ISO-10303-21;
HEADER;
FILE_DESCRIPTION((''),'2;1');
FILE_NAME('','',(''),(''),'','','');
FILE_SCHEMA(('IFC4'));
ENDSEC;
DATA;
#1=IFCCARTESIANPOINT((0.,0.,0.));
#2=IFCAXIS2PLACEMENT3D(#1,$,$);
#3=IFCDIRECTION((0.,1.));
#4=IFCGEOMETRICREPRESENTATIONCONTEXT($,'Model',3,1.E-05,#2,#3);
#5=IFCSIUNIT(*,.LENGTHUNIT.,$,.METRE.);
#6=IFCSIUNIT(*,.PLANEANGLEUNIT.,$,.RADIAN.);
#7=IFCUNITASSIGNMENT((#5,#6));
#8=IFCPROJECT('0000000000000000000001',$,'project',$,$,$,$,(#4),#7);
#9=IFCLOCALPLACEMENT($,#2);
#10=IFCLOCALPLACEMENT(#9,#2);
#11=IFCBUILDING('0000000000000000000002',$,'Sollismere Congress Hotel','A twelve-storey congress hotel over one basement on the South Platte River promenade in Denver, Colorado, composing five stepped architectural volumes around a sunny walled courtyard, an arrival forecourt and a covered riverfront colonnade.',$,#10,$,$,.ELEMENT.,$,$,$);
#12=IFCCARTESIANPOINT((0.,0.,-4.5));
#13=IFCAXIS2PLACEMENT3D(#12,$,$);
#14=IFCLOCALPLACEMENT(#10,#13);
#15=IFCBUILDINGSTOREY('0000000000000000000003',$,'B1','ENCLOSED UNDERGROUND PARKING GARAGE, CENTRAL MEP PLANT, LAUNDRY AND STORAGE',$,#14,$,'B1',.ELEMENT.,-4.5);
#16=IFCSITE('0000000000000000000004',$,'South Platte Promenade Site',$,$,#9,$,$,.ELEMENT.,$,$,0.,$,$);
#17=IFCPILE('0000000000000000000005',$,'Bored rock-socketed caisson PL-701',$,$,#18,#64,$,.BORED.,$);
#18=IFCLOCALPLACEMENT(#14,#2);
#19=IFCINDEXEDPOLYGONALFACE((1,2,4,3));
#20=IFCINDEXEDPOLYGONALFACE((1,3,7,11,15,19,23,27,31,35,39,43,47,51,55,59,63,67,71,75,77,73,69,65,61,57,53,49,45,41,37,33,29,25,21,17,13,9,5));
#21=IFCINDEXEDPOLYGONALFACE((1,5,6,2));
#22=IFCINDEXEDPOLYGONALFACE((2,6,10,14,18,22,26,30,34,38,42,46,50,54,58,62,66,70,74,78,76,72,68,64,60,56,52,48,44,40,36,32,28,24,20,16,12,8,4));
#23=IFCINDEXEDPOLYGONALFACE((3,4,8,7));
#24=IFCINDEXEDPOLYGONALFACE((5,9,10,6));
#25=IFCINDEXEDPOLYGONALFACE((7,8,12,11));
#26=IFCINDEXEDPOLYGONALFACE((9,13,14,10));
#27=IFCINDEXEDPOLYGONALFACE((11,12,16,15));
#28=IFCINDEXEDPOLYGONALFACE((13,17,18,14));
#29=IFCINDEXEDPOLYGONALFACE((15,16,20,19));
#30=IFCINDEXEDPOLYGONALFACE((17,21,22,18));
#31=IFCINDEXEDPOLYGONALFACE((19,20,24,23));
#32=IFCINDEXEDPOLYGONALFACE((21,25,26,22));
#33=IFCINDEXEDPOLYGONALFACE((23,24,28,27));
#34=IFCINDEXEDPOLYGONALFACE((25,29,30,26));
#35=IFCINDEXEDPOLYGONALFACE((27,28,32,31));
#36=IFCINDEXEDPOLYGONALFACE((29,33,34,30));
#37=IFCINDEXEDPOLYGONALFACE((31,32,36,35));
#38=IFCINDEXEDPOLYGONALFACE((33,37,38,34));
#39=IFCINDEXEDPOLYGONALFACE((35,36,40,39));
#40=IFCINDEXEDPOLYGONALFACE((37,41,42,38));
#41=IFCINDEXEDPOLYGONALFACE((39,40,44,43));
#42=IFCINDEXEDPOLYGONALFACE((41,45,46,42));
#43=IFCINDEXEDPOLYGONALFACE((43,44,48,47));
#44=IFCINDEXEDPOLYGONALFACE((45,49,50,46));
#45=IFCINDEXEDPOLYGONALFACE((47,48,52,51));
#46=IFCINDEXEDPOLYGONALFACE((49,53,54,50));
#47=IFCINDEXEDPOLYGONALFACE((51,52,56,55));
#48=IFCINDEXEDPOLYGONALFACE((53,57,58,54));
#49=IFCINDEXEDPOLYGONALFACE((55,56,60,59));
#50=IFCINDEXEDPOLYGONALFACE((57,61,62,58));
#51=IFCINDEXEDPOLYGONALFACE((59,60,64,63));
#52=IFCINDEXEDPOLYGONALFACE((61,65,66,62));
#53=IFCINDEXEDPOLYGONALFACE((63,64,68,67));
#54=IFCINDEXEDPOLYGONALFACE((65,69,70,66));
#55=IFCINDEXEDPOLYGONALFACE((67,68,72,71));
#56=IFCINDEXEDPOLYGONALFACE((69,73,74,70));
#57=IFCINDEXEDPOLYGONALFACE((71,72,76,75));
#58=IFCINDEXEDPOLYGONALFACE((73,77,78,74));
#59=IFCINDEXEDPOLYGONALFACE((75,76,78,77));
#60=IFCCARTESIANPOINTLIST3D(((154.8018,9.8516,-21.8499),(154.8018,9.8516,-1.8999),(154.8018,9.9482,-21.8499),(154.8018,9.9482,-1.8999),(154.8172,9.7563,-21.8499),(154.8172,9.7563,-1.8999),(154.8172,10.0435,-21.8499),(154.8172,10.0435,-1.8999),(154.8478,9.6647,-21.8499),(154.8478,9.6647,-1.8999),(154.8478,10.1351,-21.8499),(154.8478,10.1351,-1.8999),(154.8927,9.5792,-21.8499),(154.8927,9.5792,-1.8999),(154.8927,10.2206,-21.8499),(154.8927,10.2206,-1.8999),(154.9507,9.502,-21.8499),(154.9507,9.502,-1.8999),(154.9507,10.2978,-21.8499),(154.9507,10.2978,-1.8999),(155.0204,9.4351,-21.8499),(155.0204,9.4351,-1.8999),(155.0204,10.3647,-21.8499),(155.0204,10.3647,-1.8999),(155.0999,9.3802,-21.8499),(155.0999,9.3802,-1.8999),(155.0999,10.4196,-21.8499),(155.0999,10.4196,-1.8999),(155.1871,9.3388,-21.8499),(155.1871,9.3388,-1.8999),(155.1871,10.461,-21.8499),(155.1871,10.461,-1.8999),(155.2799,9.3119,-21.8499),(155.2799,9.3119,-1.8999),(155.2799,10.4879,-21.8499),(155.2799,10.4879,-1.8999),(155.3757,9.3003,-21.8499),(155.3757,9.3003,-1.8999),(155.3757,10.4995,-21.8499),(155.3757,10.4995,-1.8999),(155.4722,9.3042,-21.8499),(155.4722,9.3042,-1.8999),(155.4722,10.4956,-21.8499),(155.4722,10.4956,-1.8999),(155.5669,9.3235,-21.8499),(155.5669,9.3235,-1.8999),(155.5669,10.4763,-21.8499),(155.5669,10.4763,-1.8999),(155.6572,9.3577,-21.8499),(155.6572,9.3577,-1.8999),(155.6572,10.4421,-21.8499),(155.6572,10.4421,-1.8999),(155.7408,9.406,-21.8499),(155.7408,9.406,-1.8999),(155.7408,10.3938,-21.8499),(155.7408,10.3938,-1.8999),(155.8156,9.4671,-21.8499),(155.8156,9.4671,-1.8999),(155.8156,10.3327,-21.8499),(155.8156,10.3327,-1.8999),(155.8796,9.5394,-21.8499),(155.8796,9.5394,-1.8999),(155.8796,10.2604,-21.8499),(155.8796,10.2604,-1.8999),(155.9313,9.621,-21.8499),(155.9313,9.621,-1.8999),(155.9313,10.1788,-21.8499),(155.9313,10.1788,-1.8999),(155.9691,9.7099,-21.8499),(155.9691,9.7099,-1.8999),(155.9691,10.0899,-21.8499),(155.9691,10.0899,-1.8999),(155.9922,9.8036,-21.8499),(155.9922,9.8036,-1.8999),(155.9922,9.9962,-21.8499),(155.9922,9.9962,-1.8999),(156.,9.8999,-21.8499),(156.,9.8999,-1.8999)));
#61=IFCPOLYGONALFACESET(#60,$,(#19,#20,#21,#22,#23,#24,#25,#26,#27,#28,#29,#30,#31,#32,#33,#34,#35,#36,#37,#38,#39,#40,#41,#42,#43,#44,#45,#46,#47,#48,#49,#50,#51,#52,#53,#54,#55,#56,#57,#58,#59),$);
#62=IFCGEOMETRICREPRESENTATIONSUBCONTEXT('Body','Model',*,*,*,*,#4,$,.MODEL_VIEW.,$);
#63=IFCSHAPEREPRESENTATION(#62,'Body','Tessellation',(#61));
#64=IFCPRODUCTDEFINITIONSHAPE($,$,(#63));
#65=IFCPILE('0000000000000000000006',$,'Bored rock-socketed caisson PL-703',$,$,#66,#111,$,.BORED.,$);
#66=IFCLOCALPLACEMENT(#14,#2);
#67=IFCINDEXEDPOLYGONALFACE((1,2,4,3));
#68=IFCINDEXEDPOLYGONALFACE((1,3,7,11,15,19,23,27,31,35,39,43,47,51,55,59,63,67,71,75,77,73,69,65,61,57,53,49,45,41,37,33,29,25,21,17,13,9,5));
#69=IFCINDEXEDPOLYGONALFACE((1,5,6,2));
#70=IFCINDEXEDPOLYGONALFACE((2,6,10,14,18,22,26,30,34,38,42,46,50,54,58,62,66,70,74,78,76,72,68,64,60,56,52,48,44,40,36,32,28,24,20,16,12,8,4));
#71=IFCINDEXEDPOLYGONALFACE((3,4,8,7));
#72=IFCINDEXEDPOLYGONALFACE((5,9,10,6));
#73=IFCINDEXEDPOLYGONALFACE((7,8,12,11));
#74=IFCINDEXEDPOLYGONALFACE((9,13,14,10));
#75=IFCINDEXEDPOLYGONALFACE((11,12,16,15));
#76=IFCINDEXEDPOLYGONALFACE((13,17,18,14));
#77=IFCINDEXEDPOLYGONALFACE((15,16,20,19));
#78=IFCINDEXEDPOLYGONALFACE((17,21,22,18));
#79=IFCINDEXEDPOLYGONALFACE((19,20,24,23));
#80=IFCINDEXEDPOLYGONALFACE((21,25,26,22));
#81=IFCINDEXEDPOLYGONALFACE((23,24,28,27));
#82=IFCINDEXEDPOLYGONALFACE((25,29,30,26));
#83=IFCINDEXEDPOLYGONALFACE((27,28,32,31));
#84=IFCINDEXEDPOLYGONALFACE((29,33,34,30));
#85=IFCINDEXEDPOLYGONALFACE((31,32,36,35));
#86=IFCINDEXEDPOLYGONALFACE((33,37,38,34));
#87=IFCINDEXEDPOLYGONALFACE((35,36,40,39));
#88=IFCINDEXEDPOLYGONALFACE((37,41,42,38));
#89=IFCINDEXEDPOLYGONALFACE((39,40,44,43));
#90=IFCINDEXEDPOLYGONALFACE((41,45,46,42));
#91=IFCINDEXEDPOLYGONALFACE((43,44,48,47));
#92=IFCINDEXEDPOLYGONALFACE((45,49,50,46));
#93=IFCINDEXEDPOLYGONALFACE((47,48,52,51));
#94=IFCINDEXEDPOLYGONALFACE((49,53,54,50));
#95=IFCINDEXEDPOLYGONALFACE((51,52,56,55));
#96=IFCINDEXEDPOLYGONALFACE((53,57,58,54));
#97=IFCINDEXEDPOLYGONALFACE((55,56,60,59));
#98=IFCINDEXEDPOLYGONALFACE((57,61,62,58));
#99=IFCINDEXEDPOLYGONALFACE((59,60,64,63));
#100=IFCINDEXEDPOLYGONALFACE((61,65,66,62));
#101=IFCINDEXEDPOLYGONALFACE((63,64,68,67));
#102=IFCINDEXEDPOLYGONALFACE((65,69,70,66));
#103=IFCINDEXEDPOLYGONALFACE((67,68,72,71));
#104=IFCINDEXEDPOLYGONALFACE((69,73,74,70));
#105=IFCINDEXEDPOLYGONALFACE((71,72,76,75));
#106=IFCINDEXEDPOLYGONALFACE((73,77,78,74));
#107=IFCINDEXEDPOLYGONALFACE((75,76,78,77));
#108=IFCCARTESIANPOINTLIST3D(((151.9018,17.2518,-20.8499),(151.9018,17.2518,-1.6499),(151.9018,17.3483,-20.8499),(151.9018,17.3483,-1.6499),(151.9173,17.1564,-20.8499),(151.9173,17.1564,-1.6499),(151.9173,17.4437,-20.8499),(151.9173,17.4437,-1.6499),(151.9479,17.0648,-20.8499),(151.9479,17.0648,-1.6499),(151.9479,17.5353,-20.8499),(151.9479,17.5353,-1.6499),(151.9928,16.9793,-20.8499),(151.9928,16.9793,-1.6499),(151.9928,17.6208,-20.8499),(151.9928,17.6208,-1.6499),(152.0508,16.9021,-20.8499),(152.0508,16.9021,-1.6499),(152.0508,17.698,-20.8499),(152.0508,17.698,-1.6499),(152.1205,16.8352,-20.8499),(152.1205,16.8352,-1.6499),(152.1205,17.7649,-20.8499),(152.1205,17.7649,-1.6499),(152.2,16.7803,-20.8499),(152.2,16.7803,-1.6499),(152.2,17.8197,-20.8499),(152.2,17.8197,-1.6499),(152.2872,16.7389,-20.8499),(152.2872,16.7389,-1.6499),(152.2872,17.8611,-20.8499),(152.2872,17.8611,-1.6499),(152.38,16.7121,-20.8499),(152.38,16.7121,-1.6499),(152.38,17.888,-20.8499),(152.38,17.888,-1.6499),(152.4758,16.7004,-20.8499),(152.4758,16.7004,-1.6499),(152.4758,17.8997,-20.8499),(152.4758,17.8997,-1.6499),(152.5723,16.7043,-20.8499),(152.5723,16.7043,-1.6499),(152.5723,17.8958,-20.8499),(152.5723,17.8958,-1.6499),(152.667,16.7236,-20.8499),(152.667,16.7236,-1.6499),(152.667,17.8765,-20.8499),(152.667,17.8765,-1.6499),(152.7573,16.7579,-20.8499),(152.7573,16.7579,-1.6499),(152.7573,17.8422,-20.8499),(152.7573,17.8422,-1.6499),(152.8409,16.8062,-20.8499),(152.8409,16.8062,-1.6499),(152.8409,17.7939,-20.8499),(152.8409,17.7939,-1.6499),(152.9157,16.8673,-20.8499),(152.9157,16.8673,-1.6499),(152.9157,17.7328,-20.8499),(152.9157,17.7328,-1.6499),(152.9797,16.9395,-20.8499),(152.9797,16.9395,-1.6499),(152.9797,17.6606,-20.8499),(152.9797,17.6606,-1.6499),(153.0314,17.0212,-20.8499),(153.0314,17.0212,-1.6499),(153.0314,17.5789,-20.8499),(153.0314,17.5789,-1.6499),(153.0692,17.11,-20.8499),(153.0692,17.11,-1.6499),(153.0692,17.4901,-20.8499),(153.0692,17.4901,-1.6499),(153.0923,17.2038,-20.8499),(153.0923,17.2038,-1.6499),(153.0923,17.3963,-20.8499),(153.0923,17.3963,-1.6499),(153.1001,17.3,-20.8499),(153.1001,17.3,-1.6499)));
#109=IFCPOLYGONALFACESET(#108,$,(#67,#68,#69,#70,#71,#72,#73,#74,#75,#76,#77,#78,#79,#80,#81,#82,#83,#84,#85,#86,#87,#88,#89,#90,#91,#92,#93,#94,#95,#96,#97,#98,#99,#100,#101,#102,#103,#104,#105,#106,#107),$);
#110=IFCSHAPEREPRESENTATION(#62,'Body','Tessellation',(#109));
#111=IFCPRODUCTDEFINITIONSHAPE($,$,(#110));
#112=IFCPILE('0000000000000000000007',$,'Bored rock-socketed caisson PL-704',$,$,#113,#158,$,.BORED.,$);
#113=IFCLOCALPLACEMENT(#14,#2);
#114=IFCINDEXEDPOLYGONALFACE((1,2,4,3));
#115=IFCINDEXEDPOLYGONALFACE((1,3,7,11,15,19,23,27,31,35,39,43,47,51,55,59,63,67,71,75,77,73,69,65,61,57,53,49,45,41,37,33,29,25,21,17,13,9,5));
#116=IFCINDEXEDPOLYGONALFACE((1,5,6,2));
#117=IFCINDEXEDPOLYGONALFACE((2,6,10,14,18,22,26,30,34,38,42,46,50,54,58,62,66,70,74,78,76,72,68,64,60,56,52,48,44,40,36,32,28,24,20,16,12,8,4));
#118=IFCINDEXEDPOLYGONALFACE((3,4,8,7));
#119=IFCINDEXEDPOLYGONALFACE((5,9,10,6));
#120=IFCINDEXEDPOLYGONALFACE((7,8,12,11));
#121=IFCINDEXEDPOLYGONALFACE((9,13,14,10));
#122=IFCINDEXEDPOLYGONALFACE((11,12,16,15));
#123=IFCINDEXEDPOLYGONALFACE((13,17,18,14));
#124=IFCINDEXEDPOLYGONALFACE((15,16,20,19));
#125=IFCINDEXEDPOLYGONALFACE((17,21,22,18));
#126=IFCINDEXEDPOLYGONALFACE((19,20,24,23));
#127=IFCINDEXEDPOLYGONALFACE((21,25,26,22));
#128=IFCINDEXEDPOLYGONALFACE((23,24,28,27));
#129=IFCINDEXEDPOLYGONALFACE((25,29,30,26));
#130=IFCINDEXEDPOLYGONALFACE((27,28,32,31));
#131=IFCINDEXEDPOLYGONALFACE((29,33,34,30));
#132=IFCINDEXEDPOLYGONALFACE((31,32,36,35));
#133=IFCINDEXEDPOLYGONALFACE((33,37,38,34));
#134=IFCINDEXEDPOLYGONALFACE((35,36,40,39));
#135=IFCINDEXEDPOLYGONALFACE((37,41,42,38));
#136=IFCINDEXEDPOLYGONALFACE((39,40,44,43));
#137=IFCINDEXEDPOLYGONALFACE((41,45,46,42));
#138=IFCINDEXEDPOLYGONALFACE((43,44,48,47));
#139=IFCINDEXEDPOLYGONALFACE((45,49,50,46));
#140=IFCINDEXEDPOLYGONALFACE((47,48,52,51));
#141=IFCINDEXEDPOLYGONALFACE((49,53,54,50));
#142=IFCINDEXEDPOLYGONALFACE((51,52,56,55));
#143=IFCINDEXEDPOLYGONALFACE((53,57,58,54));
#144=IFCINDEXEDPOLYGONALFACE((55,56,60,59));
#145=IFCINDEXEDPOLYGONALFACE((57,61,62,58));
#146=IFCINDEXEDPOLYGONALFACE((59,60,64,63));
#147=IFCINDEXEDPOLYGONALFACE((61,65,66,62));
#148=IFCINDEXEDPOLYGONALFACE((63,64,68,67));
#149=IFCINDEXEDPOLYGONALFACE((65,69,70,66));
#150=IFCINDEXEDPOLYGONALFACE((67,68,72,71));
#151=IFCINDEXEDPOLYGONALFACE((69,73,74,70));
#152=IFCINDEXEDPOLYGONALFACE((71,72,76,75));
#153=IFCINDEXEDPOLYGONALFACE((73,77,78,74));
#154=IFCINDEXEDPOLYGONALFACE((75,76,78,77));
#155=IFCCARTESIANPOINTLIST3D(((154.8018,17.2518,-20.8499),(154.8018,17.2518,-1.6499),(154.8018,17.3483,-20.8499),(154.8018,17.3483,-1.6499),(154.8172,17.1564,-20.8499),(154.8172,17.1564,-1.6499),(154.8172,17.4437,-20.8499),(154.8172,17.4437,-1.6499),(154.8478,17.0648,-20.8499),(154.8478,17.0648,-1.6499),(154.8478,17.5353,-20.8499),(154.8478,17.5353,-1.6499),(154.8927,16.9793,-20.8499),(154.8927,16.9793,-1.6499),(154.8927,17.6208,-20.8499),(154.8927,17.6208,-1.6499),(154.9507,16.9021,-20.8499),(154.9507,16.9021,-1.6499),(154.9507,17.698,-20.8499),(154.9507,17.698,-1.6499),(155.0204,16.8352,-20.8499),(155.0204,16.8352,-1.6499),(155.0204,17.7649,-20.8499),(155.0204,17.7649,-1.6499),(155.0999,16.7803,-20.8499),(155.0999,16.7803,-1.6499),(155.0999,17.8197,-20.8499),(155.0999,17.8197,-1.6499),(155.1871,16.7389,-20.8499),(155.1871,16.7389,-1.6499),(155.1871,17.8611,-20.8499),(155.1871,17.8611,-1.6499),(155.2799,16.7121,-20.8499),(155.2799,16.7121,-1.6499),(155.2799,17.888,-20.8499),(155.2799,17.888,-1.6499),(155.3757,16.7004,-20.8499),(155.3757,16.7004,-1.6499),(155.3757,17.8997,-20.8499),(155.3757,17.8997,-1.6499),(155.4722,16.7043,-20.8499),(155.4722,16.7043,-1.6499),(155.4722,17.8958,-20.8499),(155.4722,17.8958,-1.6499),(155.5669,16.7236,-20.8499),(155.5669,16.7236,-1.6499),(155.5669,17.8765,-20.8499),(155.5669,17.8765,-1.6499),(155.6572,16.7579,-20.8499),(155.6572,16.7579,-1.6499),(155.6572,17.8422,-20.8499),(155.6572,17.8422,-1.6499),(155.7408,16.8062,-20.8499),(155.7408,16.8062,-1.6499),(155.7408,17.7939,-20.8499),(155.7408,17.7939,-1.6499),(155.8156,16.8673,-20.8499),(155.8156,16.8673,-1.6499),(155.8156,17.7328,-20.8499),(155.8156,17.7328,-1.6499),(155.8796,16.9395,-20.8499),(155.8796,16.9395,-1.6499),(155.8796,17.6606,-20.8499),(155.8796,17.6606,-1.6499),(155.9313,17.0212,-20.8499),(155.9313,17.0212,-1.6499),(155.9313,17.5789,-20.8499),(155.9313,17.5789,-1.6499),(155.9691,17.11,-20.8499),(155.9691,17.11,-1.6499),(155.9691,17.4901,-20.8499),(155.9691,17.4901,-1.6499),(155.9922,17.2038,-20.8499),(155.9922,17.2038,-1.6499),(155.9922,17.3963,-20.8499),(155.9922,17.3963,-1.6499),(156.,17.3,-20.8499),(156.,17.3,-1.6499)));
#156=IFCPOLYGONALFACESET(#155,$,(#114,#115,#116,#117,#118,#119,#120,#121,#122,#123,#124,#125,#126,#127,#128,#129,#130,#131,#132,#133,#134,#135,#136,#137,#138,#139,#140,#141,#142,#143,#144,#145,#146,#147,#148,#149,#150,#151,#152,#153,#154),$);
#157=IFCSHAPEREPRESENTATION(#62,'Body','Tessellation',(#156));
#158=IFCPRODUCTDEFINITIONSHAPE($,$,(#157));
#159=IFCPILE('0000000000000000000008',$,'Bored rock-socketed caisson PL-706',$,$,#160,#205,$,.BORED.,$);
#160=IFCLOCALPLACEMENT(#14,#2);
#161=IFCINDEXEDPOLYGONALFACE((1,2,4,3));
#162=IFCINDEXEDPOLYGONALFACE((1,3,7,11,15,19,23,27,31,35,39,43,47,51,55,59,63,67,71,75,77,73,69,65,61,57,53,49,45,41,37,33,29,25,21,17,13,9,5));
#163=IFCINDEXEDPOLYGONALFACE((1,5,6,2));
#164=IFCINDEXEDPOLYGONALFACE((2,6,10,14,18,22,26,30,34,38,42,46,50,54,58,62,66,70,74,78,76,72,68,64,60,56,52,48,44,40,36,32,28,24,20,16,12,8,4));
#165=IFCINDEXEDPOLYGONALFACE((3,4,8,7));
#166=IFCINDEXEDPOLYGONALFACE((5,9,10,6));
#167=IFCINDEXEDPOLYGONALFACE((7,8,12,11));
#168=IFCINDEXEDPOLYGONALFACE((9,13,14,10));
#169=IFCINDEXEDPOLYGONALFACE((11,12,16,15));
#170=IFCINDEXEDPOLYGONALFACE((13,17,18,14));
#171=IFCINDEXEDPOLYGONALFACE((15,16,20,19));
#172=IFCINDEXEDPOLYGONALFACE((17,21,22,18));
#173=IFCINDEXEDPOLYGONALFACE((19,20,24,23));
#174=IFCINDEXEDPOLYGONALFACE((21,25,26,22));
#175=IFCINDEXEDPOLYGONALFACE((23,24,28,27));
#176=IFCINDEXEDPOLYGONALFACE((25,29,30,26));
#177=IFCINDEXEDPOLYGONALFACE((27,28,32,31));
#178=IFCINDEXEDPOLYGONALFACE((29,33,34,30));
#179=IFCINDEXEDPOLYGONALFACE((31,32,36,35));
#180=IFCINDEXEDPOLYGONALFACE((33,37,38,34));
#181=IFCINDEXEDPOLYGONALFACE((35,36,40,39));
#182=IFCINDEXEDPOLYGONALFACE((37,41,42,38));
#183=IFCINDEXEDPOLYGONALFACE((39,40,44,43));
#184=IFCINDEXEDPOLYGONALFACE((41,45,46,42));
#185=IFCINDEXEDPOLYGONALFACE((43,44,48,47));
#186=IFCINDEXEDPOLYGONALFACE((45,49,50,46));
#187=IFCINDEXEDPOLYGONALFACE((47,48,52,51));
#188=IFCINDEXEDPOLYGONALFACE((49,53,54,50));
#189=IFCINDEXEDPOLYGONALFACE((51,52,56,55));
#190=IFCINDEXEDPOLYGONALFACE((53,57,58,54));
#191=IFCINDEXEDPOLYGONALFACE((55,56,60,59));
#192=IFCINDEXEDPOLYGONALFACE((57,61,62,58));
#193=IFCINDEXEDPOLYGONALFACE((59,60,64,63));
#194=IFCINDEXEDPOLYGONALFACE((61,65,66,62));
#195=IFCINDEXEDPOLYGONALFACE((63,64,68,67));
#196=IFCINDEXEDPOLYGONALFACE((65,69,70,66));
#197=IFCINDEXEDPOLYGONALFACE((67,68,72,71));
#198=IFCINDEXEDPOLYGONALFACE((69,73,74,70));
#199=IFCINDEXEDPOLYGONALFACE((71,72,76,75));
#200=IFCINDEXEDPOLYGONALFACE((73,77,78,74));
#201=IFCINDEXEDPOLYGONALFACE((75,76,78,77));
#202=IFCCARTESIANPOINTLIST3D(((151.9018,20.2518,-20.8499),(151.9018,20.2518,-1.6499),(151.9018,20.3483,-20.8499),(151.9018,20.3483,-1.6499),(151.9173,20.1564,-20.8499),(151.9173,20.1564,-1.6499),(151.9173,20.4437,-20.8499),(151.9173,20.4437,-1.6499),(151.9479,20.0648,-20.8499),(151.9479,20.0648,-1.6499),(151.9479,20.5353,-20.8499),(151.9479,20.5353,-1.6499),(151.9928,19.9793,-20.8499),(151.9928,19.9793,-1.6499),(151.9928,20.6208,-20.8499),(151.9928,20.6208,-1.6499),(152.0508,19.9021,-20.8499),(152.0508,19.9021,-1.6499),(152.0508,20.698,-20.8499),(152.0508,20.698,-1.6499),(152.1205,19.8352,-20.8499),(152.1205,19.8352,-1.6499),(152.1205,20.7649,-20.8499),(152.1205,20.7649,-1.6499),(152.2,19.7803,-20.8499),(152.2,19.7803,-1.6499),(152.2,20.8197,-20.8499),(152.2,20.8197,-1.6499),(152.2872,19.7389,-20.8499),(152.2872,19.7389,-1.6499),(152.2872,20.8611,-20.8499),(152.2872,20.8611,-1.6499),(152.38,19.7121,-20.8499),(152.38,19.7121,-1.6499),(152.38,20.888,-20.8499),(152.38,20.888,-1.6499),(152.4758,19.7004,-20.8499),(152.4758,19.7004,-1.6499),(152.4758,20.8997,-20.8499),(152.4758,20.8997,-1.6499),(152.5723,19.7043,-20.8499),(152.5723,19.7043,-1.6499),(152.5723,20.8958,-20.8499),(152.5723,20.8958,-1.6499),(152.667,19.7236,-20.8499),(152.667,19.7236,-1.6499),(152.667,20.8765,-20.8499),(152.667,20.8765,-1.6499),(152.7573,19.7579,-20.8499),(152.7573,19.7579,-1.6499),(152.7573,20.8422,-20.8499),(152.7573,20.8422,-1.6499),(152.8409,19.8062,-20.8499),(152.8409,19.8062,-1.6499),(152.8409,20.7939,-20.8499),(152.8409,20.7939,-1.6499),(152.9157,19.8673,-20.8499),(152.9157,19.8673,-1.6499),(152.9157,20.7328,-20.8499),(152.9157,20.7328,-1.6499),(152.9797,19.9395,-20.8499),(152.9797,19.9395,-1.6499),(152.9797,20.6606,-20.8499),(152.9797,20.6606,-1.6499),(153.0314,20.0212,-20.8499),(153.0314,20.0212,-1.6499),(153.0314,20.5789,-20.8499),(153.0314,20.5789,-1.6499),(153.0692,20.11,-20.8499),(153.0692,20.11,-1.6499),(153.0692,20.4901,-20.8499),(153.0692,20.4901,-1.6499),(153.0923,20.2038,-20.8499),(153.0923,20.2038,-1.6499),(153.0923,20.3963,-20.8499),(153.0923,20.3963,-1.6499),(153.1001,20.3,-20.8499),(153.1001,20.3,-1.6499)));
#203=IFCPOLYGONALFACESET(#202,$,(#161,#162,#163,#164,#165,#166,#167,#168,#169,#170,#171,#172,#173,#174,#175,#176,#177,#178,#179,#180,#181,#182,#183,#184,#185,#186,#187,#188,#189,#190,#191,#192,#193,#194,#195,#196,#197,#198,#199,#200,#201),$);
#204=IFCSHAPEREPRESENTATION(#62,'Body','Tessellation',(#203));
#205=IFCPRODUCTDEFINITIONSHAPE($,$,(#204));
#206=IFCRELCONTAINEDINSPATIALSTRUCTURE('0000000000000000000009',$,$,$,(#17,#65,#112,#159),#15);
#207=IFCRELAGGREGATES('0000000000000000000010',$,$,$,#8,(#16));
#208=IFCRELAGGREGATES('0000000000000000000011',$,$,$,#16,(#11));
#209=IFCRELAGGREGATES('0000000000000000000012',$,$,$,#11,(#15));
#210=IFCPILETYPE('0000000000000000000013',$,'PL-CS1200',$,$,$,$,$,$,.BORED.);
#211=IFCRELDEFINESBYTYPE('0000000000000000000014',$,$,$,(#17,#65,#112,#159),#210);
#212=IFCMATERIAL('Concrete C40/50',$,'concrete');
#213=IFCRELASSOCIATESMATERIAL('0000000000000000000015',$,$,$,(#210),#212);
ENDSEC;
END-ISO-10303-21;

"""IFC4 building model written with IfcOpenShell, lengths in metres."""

from ifc_helpers import new_model, si_unit, direction, frame, origin, origin_2d, place, context, subcontext, project, spatial, circle, extrude, material, material_profile, profile_set, type_object, element, save


model = new_model("IFC4")

# Units and contexts
model_context = context("Model", 3, precision=1e-05, world=origin(), true_north=direction((0.0, 1.0)))
body_context = subcontext(model_context, "Body", "Model", "MODEL_VIEW")
ifc_project = project(units=[si_unit("LENGTHUNIT", "METRE"), si_unit("PLANEANGLEUNIT", "RADIAN")], contexts=[model_context])

# Site, building, storey
site_placement = place(None, origin())
site = spatial("IfcSite", under=ifc_project, at=site_placement, Name="South Platte Promenade Site", CompositionType="ELEMENT", RefElevation=0.0)
building_placement = place(site_placement, origin())
building = spatial("IfcBuilding", under=site, at=building_placement, Name="Sollismere Congress Hotel", Description="A twelve-storey congress hotel over one basement on the South Platte River promenade in Denver, Colorado, composing five stepped architectural volumes around a sunny walled courtyard, an arrival forecourt and a covered riverfront colonnade.", CompositionType="ELEMENT")
storey_placement = place(building_placement, frame((0.0, 0.0, -4.5)))
storey = spatial("IfcBuildingStorey", under=building, at=storey_placement, Name="B1", Description="ENCLOSED UNDERGROUND PARKING GARAGE, CENTRAL MEP PLANT, LAUNDRY AND STORAGE", LongName="B1", CompositionType="ELEMENT", Elevation=-4.5)

# Shared definitions
ifc_material_1 = material(Name="Concrete C40/50", Category="concrete")

# Piles
ifc_material_profile_1 = material_profile(ifc_material_1, circle(Radius=0.6001, at=origin_2d()), Name="CAISSON1200")
ifc_profile_set_1 = profile_set([ifc_material_profile_1], Name="Concrete C40/50")
pile_type = type_object("IfcPileType", Name="PL-CS1200", PredefinedType="BORED", material=ifc_profile_set_1)
for number, where, z_axis, x_axis, name in (
    (1, (155.3999, 9.8999, -1.8999), (0.0, 0.0, -1.0), (1.0, 0.0, 0.0), "Bored rock-socketed caisson PL-701"),
):
    element("IfcPile", number, at=place(storey_placement, frame(where, z_axis=z_axis, x_axis=x_axis)), inside=storey, type_object=pile_type, Name=name, PredefinedType="BORED", context=body_context, shape_type="SweptSolid", body=[
        extrude(circle(Radius=0.6001, at=origin_2d()), origin(), (0.0, 0.0, 1.0), 19.95),
    ])
for number, where, z_axis, x_axis, name in (
    (2, (152.5, 17.3, -1.6499), (0.0, 0.0, -1.0), (1.0, 0.0, 0.0), "Bored rock-socketed caisson PL-703"),
    (3, (155.3999, 17.3, -1.6499), (0.0, 0.0, -1.0), (1.0, 0.0, 0.0), "Bored rock-socketed caisson PL-704"),
    (4, (152.5, 20.3, -1.6499), (0.0, 0.0, -1.0), (1.0, 0.0, 0.0), "Bored rock-socketed caisson PL-706"),
):
    element("IfcPile", number, at=place(storey_placement, frame(where, z_axis=z_axis, x_axis=x_axis)), inside=storey, type_object=pile_type, Name=name, PredefinedType="BORED", context=body_context, shape_type="SweptSolid", body=[
        extrude(circle(Radius=0.6001, at=origin_2d()), origin(), (0.0, 0.0, 1.0), 19.2),
    ])

save(model, "model.ifc")
